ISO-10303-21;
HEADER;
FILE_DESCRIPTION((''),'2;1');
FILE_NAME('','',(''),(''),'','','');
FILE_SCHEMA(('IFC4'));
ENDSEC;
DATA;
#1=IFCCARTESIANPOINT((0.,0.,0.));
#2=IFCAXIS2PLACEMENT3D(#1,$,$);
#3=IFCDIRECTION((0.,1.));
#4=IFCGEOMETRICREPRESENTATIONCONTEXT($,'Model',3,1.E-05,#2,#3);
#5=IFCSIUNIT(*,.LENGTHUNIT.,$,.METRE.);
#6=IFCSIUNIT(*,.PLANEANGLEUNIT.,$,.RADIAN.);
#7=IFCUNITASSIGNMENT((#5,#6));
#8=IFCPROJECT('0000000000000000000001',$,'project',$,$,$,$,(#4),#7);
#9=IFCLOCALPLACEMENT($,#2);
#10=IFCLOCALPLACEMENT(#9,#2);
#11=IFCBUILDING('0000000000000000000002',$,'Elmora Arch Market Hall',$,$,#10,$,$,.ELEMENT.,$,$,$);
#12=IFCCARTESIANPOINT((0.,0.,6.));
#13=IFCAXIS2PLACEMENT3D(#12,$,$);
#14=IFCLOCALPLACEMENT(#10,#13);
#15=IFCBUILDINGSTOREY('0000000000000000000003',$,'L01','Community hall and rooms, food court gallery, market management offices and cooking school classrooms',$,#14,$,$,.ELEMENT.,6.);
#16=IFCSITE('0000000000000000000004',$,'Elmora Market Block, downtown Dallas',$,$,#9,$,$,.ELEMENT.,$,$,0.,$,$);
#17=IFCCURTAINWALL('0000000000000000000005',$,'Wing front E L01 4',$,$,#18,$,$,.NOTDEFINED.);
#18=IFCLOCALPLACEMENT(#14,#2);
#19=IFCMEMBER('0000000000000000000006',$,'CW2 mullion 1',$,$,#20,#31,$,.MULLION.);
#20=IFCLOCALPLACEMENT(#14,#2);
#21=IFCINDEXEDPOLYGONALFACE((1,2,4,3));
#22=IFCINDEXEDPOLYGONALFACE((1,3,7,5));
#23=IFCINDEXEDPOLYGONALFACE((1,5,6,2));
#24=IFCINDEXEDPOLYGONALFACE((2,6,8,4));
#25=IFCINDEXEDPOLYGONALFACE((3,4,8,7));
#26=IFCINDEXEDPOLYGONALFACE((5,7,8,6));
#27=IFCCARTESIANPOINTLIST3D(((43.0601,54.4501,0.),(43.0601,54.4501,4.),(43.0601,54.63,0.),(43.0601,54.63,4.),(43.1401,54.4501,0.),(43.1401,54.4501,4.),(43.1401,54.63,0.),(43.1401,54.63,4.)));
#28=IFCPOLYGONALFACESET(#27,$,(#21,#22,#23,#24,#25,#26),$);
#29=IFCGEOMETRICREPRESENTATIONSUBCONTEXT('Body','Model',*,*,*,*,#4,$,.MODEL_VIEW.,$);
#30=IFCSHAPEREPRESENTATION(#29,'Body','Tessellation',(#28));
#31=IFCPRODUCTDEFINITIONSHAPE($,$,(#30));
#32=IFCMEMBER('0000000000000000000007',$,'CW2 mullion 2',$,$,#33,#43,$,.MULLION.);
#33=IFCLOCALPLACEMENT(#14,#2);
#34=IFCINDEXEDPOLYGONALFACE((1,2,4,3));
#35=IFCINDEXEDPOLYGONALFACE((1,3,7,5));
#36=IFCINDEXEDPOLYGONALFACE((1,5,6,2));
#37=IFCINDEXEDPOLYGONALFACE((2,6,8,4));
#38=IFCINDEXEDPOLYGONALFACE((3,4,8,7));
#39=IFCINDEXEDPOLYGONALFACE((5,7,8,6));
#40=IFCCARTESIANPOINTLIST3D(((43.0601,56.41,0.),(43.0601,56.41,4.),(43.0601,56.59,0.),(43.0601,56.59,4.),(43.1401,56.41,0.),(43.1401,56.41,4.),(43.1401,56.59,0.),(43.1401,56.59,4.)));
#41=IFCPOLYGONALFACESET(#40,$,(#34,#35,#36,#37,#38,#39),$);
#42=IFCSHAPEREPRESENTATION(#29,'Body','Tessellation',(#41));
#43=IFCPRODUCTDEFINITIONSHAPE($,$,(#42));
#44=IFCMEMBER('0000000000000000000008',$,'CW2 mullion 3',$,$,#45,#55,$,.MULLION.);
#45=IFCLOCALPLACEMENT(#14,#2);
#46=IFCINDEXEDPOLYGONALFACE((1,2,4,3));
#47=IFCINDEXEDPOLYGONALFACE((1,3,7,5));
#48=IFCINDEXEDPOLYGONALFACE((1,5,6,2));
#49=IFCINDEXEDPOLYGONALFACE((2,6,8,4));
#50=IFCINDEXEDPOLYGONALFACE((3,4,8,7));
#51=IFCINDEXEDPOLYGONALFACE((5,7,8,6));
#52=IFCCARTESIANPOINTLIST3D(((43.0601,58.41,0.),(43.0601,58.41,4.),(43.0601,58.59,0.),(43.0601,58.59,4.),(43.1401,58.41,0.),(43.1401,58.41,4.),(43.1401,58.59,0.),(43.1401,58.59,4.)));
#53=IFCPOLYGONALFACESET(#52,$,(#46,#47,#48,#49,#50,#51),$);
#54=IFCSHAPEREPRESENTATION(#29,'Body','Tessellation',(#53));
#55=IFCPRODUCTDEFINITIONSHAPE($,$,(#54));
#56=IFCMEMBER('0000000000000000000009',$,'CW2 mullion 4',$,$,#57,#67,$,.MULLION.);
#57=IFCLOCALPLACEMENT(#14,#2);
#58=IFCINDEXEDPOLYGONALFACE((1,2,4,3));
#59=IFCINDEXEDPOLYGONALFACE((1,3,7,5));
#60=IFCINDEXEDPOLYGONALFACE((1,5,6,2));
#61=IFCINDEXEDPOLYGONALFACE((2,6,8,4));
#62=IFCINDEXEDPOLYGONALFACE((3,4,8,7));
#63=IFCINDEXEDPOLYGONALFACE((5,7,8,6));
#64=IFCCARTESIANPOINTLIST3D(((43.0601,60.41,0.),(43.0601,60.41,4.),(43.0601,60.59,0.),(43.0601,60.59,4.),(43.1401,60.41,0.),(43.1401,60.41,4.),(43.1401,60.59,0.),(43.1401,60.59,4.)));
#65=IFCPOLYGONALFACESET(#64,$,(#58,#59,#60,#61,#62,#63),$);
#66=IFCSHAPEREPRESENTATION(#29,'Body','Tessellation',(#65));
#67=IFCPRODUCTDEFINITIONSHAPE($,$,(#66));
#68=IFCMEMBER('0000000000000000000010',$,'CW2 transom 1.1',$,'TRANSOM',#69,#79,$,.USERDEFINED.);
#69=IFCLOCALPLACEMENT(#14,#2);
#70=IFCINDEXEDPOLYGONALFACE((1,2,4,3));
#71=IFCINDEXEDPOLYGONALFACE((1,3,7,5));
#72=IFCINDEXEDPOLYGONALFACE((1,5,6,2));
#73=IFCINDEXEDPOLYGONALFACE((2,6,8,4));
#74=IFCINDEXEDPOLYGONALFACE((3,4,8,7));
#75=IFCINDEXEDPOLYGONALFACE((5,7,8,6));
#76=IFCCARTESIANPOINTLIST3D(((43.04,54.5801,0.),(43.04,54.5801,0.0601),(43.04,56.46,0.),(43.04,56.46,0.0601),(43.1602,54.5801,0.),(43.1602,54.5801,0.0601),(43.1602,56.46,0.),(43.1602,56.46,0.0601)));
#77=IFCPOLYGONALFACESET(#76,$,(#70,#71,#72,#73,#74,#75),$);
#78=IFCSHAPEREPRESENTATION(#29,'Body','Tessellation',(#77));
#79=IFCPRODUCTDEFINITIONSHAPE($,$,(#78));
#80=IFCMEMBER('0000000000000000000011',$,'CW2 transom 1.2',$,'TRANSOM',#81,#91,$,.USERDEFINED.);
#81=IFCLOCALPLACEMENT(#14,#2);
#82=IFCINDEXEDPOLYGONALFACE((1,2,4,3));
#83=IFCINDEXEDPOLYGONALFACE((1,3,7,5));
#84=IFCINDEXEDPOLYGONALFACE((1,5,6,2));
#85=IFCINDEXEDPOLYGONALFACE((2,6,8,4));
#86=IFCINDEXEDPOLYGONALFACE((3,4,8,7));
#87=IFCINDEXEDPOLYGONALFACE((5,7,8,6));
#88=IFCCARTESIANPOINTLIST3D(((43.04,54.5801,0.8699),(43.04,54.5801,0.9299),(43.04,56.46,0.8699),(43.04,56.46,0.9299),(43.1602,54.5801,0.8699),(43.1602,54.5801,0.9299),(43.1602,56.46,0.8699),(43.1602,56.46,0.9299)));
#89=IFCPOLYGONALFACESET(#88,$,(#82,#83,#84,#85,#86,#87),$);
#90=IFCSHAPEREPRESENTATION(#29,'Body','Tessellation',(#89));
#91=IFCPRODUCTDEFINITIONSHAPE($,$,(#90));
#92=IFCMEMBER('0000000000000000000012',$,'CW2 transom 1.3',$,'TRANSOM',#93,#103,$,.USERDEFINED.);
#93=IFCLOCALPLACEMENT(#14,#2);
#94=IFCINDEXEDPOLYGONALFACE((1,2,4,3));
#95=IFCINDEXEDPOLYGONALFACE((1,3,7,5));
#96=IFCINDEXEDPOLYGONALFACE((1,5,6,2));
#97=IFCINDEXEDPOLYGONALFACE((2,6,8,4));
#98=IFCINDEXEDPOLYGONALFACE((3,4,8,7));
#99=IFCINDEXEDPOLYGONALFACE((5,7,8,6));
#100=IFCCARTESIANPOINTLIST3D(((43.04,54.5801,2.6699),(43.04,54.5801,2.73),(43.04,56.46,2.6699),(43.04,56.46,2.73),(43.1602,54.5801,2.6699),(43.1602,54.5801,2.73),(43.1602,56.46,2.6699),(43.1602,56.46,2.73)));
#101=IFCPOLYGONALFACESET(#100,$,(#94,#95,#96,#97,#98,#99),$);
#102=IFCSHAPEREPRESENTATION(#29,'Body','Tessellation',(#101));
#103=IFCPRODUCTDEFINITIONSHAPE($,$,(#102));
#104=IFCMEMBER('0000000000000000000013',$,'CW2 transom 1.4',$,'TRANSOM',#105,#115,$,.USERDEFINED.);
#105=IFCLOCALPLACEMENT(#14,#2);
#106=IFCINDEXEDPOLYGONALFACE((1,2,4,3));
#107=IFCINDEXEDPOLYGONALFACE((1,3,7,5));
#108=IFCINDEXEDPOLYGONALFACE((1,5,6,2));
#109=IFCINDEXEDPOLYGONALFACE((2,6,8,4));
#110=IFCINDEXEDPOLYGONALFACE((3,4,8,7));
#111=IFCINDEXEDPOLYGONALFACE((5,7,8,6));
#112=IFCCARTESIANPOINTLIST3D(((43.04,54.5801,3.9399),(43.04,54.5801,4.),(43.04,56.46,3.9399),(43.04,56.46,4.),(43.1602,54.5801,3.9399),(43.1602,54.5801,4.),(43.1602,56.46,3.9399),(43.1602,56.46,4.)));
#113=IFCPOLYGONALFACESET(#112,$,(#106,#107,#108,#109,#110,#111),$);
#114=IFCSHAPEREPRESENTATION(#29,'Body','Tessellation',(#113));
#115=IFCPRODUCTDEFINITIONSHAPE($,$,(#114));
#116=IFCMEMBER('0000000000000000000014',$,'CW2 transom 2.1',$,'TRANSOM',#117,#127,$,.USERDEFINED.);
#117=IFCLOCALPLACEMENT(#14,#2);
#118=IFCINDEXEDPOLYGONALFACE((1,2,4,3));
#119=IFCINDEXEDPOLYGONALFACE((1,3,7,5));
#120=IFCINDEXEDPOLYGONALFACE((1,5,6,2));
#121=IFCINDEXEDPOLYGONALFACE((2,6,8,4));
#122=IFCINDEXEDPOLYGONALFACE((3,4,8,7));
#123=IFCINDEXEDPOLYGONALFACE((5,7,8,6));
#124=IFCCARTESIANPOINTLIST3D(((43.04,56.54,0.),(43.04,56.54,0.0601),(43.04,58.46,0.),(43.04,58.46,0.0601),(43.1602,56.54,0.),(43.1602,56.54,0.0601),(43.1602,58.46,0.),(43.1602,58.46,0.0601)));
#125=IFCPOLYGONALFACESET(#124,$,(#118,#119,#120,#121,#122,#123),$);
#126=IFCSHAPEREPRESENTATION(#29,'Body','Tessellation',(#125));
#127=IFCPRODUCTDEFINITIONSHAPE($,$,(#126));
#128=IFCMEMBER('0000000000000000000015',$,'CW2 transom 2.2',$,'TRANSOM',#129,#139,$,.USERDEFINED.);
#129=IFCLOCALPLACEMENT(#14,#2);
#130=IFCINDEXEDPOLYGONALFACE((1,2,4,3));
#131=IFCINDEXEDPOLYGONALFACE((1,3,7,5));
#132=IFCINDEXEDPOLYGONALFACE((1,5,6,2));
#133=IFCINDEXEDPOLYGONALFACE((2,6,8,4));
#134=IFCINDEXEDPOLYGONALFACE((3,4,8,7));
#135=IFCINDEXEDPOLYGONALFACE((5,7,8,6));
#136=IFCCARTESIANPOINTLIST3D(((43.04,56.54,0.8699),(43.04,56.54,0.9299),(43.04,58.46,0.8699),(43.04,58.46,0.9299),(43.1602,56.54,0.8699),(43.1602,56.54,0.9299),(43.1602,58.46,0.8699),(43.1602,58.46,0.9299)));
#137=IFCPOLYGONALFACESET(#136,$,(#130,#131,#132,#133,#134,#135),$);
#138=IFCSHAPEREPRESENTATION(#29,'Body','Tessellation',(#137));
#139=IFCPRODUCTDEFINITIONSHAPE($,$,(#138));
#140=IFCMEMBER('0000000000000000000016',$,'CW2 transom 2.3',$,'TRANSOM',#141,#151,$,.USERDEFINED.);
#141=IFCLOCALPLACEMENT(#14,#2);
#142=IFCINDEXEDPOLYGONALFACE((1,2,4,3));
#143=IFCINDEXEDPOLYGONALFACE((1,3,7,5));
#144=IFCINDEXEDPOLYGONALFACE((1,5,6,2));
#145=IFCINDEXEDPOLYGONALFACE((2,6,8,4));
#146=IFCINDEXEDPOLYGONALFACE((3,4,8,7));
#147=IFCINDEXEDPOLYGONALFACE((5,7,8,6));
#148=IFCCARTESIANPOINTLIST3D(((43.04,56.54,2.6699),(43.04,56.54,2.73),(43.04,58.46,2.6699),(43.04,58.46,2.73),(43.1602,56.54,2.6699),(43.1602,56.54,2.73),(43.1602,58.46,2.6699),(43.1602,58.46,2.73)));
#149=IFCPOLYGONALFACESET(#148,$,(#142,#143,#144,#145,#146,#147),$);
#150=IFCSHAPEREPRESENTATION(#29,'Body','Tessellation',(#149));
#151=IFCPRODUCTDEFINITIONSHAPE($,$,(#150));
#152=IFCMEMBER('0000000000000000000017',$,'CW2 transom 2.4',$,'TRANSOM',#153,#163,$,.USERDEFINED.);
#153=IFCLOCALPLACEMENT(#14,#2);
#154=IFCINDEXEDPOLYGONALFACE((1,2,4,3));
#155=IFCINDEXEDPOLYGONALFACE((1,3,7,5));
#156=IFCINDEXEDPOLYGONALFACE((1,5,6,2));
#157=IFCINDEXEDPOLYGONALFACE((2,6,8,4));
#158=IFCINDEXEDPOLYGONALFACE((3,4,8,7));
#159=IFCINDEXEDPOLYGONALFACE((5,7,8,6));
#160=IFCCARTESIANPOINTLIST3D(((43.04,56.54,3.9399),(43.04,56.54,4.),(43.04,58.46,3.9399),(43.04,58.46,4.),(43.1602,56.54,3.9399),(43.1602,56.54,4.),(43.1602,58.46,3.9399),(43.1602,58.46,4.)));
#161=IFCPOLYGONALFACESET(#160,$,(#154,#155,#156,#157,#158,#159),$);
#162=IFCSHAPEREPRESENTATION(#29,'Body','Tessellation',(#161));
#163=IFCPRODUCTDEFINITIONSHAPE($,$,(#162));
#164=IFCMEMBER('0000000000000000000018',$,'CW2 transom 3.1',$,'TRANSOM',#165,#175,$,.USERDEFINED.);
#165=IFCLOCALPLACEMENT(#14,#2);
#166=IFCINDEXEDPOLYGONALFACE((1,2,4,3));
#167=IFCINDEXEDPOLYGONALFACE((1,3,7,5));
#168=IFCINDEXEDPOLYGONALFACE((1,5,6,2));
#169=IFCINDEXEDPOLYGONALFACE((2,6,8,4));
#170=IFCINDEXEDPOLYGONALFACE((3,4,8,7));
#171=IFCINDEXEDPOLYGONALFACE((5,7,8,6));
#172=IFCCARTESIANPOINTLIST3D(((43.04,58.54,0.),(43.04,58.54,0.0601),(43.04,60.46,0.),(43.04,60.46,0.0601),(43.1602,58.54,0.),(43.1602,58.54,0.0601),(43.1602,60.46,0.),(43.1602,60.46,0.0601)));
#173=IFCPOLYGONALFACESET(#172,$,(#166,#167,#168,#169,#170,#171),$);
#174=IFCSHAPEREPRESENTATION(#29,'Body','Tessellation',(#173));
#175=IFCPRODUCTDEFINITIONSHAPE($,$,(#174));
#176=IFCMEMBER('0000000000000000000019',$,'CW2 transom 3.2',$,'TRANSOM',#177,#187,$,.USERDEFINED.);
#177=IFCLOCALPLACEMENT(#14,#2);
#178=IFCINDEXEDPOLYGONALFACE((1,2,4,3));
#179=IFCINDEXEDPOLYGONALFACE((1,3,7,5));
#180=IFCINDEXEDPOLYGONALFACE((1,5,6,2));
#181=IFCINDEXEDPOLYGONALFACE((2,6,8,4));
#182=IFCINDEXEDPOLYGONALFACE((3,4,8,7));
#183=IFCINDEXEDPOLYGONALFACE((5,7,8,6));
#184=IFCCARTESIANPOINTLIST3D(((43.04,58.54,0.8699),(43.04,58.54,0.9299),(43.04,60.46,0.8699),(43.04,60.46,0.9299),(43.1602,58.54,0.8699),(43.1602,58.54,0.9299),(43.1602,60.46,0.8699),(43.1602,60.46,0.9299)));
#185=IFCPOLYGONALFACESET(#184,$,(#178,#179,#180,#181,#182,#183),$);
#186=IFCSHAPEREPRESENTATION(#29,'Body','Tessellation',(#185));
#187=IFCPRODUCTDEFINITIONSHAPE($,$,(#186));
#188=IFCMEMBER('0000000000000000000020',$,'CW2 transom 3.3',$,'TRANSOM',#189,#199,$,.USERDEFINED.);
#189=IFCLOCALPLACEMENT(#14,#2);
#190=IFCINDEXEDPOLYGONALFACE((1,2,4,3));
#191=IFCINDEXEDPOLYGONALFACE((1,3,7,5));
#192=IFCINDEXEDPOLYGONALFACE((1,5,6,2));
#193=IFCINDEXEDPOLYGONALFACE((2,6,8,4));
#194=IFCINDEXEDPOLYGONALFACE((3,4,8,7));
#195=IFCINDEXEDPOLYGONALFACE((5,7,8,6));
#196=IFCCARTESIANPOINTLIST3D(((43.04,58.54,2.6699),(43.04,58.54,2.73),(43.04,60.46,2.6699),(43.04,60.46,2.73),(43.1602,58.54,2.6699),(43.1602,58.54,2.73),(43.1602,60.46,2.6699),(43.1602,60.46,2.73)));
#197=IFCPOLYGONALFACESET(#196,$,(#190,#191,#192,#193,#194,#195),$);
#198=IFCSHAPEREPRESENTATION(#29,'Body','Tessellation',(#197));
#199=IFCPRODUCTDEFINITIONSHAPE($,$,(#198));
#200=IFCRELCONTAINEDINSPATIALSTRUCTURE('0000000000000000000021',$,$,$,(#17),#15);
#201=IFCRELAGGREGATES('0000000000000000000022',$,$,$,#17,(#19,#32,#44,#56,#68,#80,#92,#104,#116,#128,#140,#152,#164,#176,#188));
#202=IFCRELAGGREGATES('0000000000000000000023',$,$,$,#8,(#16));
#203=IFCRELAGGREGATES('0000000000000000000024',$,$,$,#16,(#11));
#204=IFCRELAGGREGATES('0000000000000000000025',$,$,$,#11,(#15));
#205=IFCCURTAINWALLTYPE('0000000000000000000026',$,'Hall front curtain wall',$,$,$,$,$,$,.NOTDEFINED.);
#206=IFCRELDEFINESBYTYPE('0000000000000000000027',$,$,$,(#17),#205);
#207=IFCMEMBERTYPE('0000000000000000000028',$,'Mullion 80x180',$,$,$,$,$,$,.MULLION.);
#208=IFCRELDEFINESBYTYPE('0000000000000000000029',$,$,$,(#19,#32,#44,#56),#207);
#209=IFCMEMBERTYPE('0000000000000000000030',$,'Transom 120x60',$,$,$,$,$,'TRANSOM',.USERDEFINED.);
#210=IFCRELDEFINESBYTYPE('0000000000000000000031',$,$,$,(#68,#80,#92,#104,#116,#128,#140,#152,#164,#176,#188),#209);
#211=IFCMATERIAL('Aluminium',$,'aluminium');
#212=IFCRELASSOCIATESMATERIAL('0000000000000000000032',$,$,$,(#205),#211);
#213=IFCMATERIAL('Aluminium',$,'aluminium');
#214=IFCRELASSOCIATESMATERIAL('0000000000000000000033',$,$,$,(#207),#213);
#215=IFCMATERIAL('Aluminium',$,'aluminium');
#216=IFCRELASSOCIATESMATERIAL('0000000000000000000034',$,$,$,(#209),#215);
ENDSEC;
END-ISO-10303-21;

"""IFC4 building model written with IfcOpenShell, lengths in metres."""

from ifc_helpers import new_model, si_unit, direction, frame, origin, origin_2d, place, context, subcontext, project, spatial, rectangle, extrude, material, material_profile, profile_set, type_object, element, aggregate, save


model = new_model("IFC4")

# Units and contexts
model_context = context("Model", 3, precision=1e-05, world=origin(), true_north=direction((0.0, 1.0)))
body_context = subcontext(model_context, "Body", "Model", "MODEL_VIEW")
ifc_project = project(units=[si_unit("LENGTHUNIT", "METRE"), si_unit("PLANEANGLEUNIT", "RADIAN")], contexts=[model_context])

# Site, building, storey
site_placement = place(None, origin())
site = spatial("IfcSite", under=ifc_project, at=site_placement, Name="Elmora Market Block, downtown Dallas", CompositionType="ELEMENT", RefElevation=0.0)
building_placement = place(site_placement, origin())
building = spatial("IfcBuilding", under=site, at=building_placement, Name="Elmora Arch Market Hall", CompositionType="ELEMENT")
storey_placement = place(building_placement, frame((0.0, 0.0, 6.0)))
storey = spatial("IfcBuildingStorey", under=building, at=storey_placement, Name="L01", Description="Community hall and rooms, food court gallery, market management offices and cooking school classrooms", CompositionType="ELEMENT", Elevation=6.0)

# Curtain wall, members
ifc_material_1 = material(Name="Aluminium", Category="aluminium")
curtain_wall_type = type_object("IfcCurtainWallType", Name="Hall front curtain wall", PredefinedType="NOTDEFINED", material=ifc_material_1)
curtain_wall_placement = place(storey_placement, origin())
curtain_wall = element("IfcCurtainWall", 1, at=curtain_wall_placement, inside=storey, type_object=curtain_wall_type, Name="Wing front E L01 4", PredefinedType="NOTDEFINED")
ifc_material_2 = material(Name="Aluminium", Category="aluminium")
ifc_material_profile_1 = material_profile(ifc_material_2, rectangle(XDim=0.0801, YDim=0.1799, at=origin_2d()), Name="AL 80x180")
ifc_profile_set_1 = profile_set([ifc_material_profile_1], Name="Aluminium")
member_type_1 = type_object("IfcMemberType", Name="Mullion 80x180", PredefinedType="MULLION", material=ifc_profile_set_1)
member_1_placement = place(storey_placement, frame((43.1001, 54.54, 0.0), z_axis=(0.0, 0.0, 1.0), x_axis=(-1.0, 0.0, 0.0)))
member_1 = element("IfcMember", 2, at=member_1_placement, type_object=member_type_1, Name="CW2 mullion 1", PredefinedType="MULLION", context=body_context, shape_type="SweptSolid", body=[
    extrude(rectangle(XDim=0.0801, YDim=0.1799, at=origin_2d()), origin(), (0.0, 0.0, 1.0), 4.0),
])
member_2_placement = place(storey_placement, frame((43.1001, 56.5, 0.0), z_axis=(0.0, 0.0, 1.0), x_axis=(-1.0, 0.0, 0.0)))
member_2 = element("IfcMember", 3, at=member_2_placement, type_object=member_type_1, Name="CW2 mullion 2", PredefinedType="MULLION", context=body_context, shape_type="SweptSolid", body=[
    extrude(rectangle(XDim=0.0801, YDim=0.1799, at=origin_2d()), origin(), (0.0, 0.0, 1.0), 4.0),
])
member_3_placement = place(storey_placement, frame((43.1001, 58.5, 0.0), z_axis=(0.0, 0.0, 1.0), x_axis=(-1.0, 0.0, 0.0)))
member_3 = element("IfcMember", 4, at=member_3_placement, type_object=member_type_1, Name="CW2 mullion 3", PredefinedType="MULLION", context=body_context, shape_type="SweptSolid", body=[
    extrude(rectangle(XDim=0.0801, YDim=0.1799, at=origin_2d()), origin(), (0.0, 0.0, 1.0), 4.0),
])
member_4_placement = place(storey_placement, frame((43.1001, 60.5, 0.0), z_axis=(0.0, 0.0, 1.0), x_axis=(-1.0, 0.0, 0.0)))
member_4 = element("IfcMember", 5, at=member_4_placement, type_object=member_type_1, Name="CW2 mullion 4", PredefinedType="MULLION", context=body_context, shape_type="SweptSolid", body=[
    extrude(rectangle(XDim=0.0801, YDim=0.1799, at=origin_2d()), origin(), (0.0, 0.0, 1.0), 4.0),
])
ifc_material_3 = material(Name="Aluminium", Category="aluminium")
ifc_material_profile_2 = material_profile(ifc_material_3, rectangle(XDim=0.1201, YDim=0.0601, at=origin_2d()), Name="AL 120x60")
ifc_profile_set_2 = profile_set([ifc_material_profile_2], Name="Aluminium")
member_type_2 = type_object("IfcMemberType", Name="Transom 120x60", ElementType="TRANSOM", PredefinedType="USERDEFINED", material=ifc_profile_set_2)
member_5_placement = place(storey_placement, frame((43.1001, 54.5801, 0.03), z_axis=(0.0, 1.0, 0.0), x_axis=(-1.0, 0.0, 0.0)))
member_5 = element("IfcMember", 6, at=member_5_placement, type_object=member_type_2, Name="CW2 transom 1.1", ObjectType="TRANSOM", PredefinedType="USERDEFINED", context=body_context, shape_type="SweptSolid", body=[
    extrude(rectangle(XDim=0.1201, YDim=0.0601, at=origin_2d()), origin(), (0.0, 0.0, 1.0), 1.8799),
])
member_6_placement = place(storey_placement, frame((43.1001, 54.5801, 0.8999), z_axis=(0.0, 1.0, 0.0), x_axis=(-1.0, 0.0, 0.0)))
member_6 = element("IfcMember", 7, at=member_6_placement, type_object=member_type_2, Name="CW2 transom 1.2", ObjectType="TRANSOM", PredefinedType="USERDEFINED", context=body_context, shape_type="SweptSolid", body=[
    extrude(rectangle(XDim=0.1201, YDim=0.0601, at=origin_2d()), origin(), (0.0, 0.0, 1.0), 1.8799),
])
member_7_placement = place(storey_placement, frame((43.1001, 54.5801, 2.7), z_axis=(0.0, 1.0, 0.0), x_axis=(-1.0, 0.0, 0.0)))
member_7 = element("IfcMember", 8, at=member_7_placement, type_object=member_type_2, Name="CW2 transom 1.3", ObjectType="TRANSOM", PredefinedType="USERDEFINED", context=body_context, shape_type="SweptSolid", body=[
    extrude(rectangle(XDim=0.1201, YDim=0.0601, at=origin_2d()), origin(), (0.0, 0.0, 1.0), 1.8799),
])
member_8_placement = place(storey_placement, frame((43.1001, 54.5801, 3.97), z_axis=(0.0, 1.0, 0.0), x_axis=(-1.0, 0.0, 0.0)))
member_8 = element("IfcMember", 9, at=member_8_placement, type_object=member_type_2, Name="CW2 transom 1.4", ObjectType="TRANSOM", PredefinedType="USERDEFINED", context=body_context, shape_type="SweptSolid", body=[
    extrude(rectangle(XDim=0.1201, YDim=0.0601, at=origin_2d()), origin(), (0.0, 0.0, 1.0), 1.8799),
])
member_9_placement = place(storey_placement, frame((43.1001, 56.54, 0.03), z_axis=(0.0, 1.0, 0.0), x_axis=(-1.0, 0.0, 0.0)))
member_9 = element("IfcMember", 10, at=member_9_placement, type_object=member_type_2, Name="CW2 transom 2.1", ObjectType="TRANSOM", PredefinedType="USERDEFINED", context=body_context, shape_type="SweptSolid", body=[
    extrude(rectangle(XDim=0.1201, YDim=0.0601, at=origin_2d()), origin(), (0.0, 0.0, 1.0), 1.9199),
])
member_10_placement = place(storey_placement, frame((43.1001, 56.54, 0.8999), z_axis=(0.0, 1.0, 0.0), x_axis=(-1.0, 0.0, 0.0)))
member_10 = element("IfcMember", 11, at=member_10_placement, type_object=member_type_2, Name="CW2 transom 2.2", ObjectType="TRANSOM", PredefinedType="USERDEFINED", context=body_context, shape_type="SweptSolid", body=[
    extrude(rectangle(XDim=0.1201, YDim=0.0601, at=origin_2d()), origin(), (0.0, 0.0, 1.0), 1.9199),
])
member_11_placement = place(storey_placement, frame((43.1001, 56.54, 2.7), z_axis=(0.0, 1.0, 0.0), x_axis=(-1.0, 0.0, 0.0)))
member_11 = element("IfcMember", 12, at=member_11_placement, type_object=member_type_2, Name="CW2 transom 2.3", ObjectType="TRANSOM", PredefinedType="USERDEFINED", context=body_context, shape_type="SweptSolid", body=[
    extrude(rectangle(XDim=0.1201, YDim=0.0601, at=origin_2d()), origin(), (0.0, 0.0, 1.0), 1.9199),
])
member_12_placement = place(storey_placement, frame((43.1001, 56.54, 3.97), z_axis=(0.0, 1.0, 0.0), x_axis=(-1.0, 0.0, 0.0)))
member_12 = element("IfcMember", 13, at=member_12_placement, type_object=member_type_2, Name="CW2 transom 2.4", ObjectType="TRANSOM", PredefinedType="USERDEFINED", context=body_context, shape_type="SweptSolid", body=[
    extrude(rectangle(XDim=0.1201, YDim=0.0601, at=origin_2d()), origin(), (0.0, 0.0, 1.0), 1.9199),
])
member_13_placement = place(storey_placement, frame((43.1001, 58.54, 0.03), z_axis=(0.0, 1.0, 0.0), x_axis=(-1.0, 0.0, 0.0)))
member_13 = element("IfcMember", 14, at=member_13_placement, type_object=member_type_2, Name="CW2 transom 3.1", ObjectType="TRANSOM", PredefinedType="USERDEFINED", context=body_context, shape_type="SweptSolid", body=[
    extrude(rectangle(XDim=0.1201, YDim=0.0601, at=origin_2d()), origin(), (0.0, 0.0, 1.0), 1.9199),
])
member_14_placement = place(storey_placement, frame((43.1001, 58.54, 0.8999), z_axis=(0.0, 1.0, 0.0), x_axis=(-1.0, 0.0, 0.0)))
member_14 = element("IfcMember", 15, at=member_14_placement, type_object=member_type_2, Name="CW2 transom 3.2", ObjectType="TRANSOM", PredefinedType="USERDEFINED", context=body_context, shape_type="SweptSolid", body=[
    extrude(rectangle(XDim=0.1201, YDim=0.0601, at=origin_2d()), origin(), (0.0, 0.0, 1.0), 1.9199),
])
member_15_placement = place(storey_placement, frame((43.1001, 58.54, 2.7), z_axis=(0.0, 1.0, 0.0), x_axis=(-1.0, 0.0, 0.0)))
member_15 = element("IfcMember", 16, at=member_15_placement, type_object=member_type_2, Name="CW2 transom 3.3", ObjectType="TRANSOM", PredefinedType="USERDEFINED", context=body_context, shape_type="SweptSolid", body=[
    extrude(rectangle(XDim=0.1201, YDim=0.0601, at=origin_2d()), origin(), (0.0, 0.0, 1.0), 1.9199),
])
aggregate(curtain_wall, [member_1, member_2, member_3, member_4, member_5, member_6, member_7, member_8, member_9, member_10, member_11, member_12, member_13, member_14, member_15])

save(model, "model.ifc")
